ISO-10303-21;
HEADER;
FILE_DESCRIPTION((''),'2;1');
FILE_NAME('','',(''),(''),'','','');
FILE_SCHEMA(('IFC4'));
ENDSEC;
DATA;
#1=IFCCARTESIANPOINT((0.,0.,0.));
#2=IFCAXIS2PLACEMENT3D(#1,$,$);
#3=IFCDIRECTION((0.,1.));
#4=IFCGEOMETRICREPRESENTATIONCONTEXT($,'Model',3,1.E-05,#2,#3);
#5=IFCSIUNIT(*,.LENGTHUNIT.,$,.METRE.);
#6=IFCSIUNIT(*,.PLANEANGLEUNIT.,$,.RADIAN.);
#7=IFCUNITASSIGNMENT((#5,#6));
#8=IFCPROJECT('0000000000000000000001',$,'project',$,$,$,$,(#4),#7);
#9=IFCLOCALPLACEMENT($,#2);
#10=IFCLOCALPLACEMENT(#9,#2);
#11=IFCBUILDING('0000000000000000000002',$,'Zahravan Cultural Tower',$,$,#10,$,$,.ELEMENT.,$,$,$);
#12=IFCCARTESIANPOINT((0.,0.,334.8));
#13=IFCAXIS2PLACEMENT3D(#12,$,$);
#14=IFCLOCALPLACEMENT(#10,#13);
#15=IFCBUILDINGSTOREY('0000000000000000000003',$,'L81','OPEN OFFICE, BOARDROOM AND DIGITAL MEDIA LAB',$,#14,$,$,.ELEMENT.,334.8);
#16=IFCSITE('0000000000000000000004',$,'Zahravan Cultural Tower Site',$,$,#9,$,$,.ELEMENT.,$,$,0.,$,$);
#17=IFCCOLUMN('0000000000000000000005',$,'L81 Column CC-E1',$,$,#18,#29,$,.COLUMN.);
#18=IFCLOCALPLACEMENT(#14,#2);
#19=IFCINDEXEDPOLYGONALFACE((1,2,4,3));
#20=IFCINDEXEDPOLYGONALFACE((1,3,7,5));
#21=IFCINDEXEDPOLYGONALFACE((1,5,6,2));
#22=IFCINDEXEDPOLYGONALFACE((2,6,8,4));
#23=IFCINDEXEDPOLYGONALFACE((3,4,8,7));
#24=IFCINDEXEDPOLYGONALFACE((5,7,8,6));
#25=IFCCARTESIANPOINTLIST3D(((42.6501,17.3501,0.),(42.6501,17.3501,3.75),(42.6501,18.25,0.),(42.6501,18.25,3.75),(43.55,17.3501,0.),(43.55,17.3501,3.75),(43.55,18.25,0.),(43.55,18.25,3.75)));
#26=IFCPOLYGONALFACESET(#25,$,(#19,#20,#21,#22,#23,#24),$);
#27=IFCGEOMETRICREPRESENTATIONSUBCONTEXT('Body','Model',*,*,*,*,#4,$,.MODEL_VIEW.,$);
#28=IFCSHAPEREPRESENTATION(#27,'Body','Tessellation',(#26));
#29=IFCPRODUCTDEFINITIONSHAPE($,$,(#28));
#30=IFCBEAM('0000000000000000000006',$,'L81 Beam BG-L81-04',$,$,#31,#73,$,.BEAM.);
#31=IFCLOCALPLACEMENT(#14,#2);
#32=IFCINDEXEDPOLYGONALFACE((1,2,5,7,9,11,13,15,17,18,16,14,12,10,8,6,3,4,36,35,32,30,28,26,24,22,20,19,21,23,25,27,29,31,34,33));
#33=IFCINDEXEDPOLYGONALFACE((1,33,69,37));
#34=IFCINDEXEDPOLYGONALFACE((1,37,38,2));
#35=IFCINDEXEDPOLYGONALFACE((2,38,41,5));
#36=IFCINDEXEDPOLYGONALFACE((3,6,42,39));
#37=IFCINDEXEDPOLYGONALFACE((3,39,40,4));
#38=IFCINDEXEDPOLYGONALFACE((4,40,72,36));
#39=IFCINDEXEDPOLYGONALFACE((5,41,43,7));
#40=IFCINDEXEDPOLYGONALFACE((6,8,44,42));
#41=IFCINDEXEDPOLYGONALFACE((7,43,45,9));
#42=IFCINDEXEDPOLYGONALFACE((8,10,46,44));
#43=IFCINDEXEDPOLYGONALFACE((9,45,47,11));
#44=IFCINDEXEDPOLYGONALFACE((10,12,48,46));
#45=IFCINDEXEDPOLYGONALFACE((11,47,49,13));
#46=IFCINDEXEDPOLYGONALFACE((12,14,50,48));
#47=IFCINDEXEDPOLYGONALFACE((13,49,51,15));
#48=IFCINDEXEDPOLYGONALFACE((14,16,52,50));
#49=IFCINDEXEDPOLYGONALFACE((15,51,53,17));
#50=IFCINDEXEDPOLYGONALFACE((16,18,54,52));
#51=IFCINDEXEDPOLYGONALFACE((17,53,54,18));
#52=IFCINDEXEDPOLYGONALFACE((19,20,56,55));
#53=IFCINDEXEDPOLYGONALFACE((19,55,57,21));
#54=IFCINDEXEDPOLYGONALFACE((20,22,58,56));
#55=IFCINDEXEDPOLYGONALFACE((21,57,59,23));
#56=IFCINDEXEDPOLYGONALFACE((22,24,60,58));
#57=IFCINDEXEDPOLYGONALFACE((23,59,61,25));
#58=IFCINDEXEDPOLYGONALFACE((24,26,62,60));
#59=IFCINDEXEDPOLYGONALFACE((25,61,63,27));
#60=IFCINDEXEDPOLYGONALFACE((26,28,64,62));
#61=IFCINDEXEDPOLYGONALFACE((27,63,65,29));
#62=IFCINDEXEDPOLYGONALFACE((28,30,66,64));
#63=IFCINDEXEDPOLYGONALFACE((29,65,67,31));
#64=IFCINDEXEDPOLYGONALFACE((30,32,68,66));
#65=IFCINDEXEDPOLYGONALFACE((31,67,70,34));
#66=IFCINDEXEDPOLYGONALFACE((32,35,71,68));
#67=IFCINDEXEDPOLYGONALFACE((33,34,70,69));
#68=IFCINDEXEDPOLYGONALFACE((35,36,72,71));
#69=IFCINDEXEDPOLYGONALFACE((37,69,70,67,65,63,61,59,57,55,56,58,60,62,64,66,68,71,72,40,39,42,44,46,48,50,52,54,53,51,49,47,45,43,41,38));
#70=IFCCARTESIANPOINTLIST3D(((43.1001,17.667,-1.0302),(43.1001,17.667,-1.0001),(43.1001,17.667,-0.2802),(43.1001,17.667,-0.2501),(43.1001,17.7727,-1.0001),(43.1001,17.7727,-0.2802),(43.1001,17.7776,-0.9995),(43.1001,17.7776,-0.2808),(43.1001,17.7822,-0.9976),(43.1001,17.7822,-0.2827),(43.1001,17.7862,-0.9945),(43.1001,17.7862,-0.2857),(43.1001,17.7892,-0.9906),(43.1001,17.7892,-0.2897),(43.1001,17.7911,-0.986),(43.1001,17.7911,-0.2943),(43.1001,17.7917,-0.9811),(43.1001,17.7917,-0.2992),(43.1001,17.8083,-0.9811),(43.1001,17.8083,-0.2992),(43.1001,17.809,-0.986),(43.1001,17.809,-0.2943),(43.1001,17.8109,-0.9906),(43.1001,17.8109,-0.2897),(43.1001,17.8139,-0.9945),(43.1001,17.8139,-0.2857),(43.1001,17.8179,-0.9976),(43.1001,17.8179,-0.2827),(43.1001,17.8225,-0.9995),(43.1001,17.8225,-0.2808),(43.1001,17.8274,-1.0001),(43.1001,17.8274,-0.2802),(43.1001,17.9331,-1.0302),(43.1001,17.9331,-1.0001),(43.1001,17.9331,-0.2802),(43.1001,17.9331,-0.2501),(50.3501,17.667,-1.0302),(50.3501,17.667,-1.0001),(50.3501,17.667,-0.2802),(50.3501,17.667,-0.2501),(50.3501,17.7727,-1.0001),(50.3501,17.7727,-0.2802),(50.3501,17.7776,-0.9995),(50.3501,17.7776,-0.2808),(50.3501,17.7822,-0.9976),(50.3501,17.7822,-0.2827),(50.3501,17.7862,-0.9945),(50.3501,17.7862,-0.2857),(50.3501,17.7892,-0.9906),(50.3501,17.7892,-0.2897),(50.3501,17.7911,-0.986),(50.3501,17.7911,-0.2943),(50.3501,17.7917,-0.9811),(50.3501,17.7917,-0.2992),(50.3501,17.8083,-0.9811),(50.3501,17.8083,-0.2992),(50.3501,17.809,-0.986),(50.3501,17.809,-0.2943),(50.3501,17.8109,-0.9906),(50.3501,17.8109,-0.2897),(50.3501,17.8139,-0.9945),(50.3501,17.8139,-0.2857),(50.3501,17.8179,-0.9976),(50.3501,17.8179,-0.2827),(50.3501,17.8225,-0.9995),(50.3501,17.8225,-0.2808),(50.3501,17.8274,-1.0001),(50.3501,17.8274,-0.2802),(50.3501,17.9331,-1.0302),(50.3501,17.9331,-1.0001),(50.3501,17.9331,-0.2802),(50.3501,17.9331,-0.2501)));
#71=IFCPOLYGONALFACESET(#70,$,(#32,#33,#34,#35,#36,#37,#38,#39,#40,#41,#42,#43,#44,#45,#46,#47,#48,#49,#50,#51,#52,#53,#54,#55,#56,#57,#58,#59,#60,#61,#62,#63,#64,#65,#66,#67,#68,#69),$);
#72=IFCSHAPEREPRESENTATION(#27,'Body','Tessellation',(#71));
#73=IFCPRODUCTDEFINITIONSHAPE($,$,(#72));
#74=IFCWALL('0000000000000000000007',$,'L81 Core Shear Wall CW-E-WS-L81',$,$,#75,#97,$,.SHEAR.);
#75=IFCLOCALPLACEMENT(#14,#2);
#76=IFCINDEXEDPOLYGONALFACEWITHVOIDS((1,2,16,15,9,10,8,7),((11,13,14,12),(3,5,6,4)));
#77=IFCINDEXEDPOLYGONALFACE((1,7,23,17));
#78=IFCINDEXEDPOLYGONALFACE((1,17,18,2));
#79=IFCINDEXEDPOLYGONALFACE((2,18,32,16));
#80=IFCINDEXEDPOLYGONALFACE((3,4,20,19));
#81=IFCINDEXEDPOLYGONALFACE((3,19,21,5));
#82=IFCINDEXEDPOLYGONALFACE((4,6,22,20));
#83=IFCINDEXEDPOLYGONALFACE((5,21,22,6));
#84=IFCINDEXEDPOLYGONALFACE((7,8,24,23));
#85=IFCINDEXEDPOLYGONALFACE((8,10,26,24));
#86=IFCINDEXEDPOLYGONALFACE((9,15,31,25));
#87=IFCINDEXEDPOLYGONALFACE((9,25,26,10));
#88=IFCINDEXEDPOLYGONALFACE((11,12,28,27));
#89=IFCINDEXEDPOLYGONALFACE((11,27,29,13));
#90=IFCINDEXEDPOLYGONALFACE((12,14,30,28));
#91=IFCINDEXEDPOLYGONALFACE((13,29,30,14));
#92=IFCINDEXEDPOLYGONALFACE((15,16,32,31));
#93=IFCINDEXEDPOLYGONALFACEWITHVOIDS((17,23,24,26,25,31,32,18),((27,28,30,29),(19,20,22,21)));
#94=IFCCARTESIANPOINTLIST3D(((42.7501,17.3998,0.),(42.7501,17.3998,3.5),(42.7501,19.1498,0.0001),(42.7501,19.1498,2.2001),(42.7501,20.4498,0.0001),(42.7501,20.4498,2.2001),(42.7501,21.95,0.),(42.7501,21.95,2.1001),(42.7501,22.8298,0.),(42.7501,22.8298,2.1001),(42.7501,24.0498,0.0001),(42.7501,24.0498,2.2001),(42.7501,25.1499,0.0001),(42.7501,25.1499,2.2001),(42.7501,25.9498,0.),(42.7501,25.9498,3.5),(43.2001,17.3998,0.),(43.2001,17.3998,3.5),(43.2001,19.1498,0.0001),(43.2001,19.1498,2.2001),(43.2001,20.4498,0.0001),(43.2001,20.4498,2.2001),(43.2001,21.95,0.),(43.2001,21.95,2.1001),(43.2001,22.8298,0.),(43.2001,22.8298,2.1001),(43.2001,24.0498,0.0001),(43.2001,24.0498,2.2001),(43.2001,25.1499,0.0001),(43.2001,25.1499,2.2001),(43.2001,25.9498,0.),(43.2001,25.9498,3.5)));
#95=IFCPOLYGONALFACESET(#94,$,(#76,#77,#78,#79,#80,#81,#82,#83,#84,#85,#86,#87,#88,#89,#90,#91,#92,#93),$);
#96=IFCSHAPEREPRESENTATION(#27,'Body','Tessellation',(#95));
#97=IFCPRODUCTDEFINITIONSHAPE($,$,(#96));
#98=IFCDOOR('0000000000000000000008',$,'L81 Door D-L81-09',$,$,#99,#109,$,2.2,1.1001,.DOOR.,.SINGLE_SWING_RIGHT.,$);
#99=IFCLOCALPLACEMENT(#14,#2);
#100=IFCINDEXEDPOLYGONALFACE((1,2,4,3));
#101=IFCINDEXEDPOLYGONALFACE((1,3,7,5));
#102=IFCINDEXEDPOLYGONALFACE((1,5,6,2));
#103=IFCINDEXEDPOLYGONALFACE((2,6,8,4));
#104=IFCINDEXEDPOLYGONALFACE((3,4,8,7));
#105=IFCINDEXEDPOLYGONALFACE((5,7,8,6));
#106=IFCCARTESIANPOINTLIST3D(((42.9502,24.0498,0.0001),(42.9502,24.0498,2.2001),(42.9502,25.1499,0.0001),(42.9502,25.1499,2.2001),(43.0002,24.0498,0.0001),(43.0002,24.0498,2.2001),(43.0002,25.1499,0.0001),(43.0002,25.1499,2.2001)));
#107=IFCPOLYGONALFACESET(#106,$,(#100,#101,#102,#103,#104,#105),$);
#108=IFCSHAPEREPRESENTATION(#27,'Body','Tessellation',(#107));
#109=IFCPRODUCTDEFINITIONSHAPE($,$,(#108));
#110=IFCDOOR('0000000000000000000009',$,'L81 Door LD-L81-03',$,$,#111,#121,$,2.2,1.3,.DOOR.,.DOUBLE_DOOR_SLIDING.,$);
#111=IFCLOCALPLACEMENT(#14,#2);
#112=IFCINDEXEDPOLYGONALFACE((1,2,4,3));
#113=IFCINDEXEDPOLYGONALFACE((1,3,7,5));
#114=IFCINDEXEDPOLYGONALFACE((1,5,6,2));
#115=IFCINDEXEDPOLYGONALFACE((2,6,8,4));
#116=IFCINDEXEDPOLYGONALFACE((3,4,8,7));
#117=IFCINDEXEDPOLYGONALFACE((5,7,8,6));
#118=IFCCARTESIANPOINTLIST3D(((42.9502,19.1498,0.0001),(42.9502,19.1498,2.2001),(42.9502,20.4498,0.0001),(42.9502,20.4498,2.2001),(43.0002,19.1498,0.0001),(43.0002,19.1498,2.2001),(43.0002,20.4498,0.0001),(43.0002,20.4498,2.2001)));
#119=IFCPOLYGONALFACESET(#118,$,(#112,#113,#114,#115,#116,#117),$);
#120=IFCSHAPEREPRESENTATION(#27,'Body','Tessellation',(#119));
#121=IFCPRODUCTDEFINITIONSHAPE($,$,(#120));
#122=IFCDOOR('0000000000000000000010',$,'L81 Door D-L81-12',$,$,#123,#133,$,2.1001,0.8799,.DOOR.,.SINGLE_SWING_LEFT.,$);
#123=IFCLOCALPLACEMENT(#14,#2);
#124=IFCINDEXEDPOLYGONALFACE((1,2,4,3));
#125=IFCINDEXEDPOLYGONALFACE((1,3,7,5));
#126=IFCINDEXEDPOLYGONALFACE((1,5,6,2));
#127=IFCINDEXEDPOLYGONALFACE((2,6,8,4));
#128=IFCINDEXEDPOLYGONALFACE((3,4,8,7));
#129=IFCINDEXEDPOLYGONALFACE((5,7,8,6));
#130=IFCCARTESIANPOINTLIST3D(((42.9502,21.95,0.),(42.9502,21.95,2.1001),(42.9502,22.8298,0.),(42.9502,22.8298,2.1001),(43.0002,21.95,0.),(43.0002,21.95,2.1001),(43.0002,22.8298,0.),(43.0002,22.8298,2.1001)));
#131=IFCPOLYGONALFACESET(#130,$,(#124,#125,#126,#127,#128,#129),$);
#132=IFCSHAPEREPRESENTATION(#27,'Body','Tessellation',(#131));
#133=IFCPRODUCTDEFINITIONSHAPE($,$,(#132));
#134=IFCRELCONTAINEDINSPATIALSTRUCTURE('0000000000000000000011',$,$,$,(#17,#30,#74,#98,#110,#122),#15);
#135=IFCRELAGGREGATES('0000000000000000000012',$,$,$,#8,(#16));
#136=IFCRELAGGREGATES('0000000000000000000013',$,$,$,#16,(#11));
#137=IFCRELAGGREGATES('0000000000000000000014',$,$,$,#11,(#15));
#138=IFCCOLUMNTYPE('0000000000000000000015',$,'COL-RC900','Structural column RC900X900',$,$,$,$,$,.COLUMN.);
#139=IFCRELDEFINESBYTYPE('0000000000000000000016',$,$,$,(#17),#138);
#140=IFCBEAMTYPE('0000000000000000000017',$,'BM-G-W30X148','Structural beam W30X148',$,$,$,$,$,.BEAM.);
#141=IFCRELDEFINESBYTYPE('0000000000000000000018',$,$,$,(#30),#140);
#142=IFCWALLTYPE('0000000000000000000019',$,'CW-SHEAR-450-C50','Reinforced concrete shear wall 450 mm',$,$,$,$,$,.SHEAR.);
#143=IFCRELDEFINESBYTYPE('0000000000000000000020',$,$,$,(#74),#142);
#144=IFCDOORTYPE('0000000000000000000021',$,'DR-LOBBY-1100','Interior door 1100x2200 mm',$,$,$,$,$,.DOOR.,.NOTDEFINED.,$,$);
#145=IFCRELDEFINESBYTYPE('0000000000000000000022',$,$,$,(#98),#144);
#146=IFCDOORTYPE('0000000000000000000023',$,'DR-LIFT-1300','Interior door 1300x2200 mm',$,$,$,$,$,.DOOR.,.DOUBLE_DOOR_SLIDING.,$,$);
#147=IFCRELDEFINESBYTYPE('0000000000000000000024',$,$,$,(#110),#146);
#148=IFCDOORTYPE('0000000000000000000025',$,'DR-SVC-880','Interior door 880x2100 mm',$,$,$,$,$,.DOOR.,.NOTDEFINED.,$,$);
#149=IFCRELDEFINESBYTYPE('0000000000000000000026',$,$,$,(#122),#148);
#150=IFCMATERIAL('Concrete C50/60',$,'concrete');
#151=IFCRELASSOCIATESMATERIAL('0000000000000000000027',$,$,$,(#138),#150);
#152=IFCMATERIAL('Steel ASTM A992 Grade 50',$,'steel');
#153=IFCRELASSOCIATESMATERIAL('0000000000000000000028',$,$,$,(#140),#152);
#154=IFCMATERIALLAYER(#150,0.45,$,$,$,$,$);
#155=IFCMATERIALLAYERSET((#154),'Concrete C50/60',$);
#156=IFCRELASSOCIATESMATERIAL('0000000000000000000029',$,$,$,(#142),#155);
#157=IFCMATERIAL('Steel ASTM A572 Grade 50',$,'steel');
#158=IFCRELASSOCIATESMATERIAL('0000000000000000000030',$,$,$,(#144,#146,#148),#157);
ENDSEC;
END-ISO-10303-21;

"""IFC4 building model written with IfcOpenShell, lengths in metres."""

from ifc_helpers import new_model, si_unit, direction, frame, frame_2d, origin, origin_2d, place, context, subcontext, project, spatial, rectangle, i_section, extrude, source, transform, mapped, material, layer, layer_set, material_profile, profile_set, type_object, element, fill, save


model = new_model("IFC4")

# Units and contexts
model_context = context("Model", 3, precision=1e-05, world=origin(), true_north=direction((0.0, 1.0)))
body_context = subcontext(model_context, "Body", "Model", "MODEL_VIEW")
ifc_project = project(units=[si_unit("LENGTHUNIT", "METRE"), si_unit("PLANEANGLEUNIT", "RADIAN")], contexts=[model_context])

# Site, building, storey
site_placement = place(None, origin())
site = spatial("IfcSite", under=ifc_project, at=site_placement, Name="Zahravan Cultural Tower Site", CompositionType="ELEMENT", RefElevation=0.0)
building_placement = place(site_placement, origin())
building = spatial("IfcBuilding", under=site, at=building_placement, Name="Zahravan Cultural Tower", CompositionType="ELEMENT")
storey_placement = place(building_placement, frame((0.0, 0.0, 334.8)))
storey = spatial("IfcBuildingStorey", under=building, at=storey_placement, Name="L81", Description="OPEN OFFICE, BOARDROOM AND DIGITAL MEDIA LAB", CompositionType="ELEMENT", Elevation=334.8)

# Column
ifc_material_1 = material(Name="Concrete C50/60", Category="concrete")
ifc_material_profile_1 = material_profile(ifc_material_1, rectangle(XDim=0.8999, YDim=0.8999, at=origin_2d()), Name="RC900X900")
ifc_profile_set_1 = profile_set([ifc_material_profile_1], Name="Concrete C50/60")
column_type = type_object("IfcColumnType", Name="COL-RC900", Description="Structural column RC900X900", PredefinedType="COLUMN", material=ifc_profile_set_1)
shared_shape_1 = source(origin(), body_context, "Body", "SweptSolid", [
    extrude(rectangle(XDim=0.8999, YDim=0.8999, at=origin_2d()), origin(), (0.0, 0.0, 1.0), 3.75),
])
column_placement = place(storey_placement, frame((43.1001, 17.8, 0.0), z_axis=(0.0, 0.0, 1.0), x_axis=(1.0, 0.0, 0.0)))
element("IfcColumn", 1, at=column_placement, inside=storey, type_object=column_type, Name="L81 Column CC-E1", PredefinedType="COLUMN", context=body_context, shape_type="MappedRepresentation", body=[
    mapped(shared_shape_1, transform((0.0, 0.0, 0.0), x_axis=(1.0, 0.0, 0.0), y_axis=(0.0, 1.0, 0.0), z_axis=(0.0, 0.0, 1.0), scale=1.0)),
])

# Beam
ifc_material_2 = material(Name="Steel ASTM A992 Grade 50", Category="steel")
ifc_material_profile_2 = material_profile(ifc_material_2, i_section(OverallWidth=0.2661, OverallDepth=0.78, WebThickness=0.0166, FlangeThickness=0.03, FilletRadius=0.019, at=origin_2d()), Name="W30X148")
ifc_profile_set_2 = profile_set([ifc_material_profile_2], Name="Steel ASTM A992 Grade 50")
beam_type = type_object("IfcBeamType", Name="BM-G-W30X148", Description="Structural beam W30X148", PredefinedType="BEAM", material=ifc_profile_set_2)
shared_shape_2 = source(origin(), body_context, "Body", "SweptSolid", [
    extrude(i_section(OverallWidth=0.2661, OverallDepth=0.78, WebThickness=0.0166, FlangeThickness=0.03, FilletRadius=0.019, at=origin_2d()), origin(), (0.0, 0.0, 1.0), 7.25),
])
beam_placement = place(storey_placement, frame((43.1001, 17.8, -0.6401), z_axis=(1.0, 0.0, 0.0), x_axis=(0.0, 1.0, 0.0)))
element("IfcBeam", 2, at=beam_placement, inside=storey, type_object=beam_type, Name="L81 Beam BG-L81-04", PredefinedType="BEAM", context=body_context, shape_type="MappedRepresentation", body=[
    mapped(shared_shape_2, transform((0.0, 0.0, 0.0), x_axis=(1.0, 0.0, 0.0), y_axis=(0.0, 1.0, 0.0), z_axis=(0.0, 0.0, 1.0), scale=1.0)),
])

# Wall, openings, doors
ifc_layer_1 = layer(ifc_material_1, 0.45)
ifc_layer_set_1 = layer_set([ifc_layer_1], Name="Concrete C50/60")
wall_type_1 = type_object("IfcWallType", Name="CW-SHEAR-450-C50", Description="Reinforced concrete shear wall 450 mm", PredefinedType="SHEAR", material=ifc_layer_set_1)
wall_1_placement = place(storey_placement, frame((42.9751, 17.3999, 0.0), z_axis=(0.0, 0.0, 1.0), x_axis=(0.0, 1.0, 0.0)))
wall_1 = element("IfcWall", 3, at=wall_1_placement, inside=storey, type_object=wall_type_1, Name="L81 Core Shear Wall CW-E-WS-L81", PredefinedType="SHEAR", context=body_context, shape_type="SweptSolid", body=[
    extrude(rectangle(XDim=8.55, YDim=0.45, at=frame_2d((4.2749, 0.0))), origin(), (0.0, 0.0, 1.0), 3.5),
])
opening_1_placement = place(wall_1_placement, frame((6.6499, 0.0, 0.0)))
opening_1 = element("IfcOpeningElement", 4, at=opening_1_placement, cuts=wall_1, PredefinedType="OPENING", context=body_context, shape_type="SweptSolid", body=[
    extrude(rectangle(XDim=1.1001, YDim=2.2, at=frame_2d((0.55, 1.1001))), frame((0.0, 0.2349, 0.0), z_axis=(0.0, -1.0, 0.0), x_axis=(1.0, 0.0, 0.0)), (0.0, 0.0, 1.0), 0.47),
])
opening_2_placement = place(wall_1_placement, frame((1.75, 0.0, 0.0)))
opening_2 = element("IfcOpeningElement", 5, at=opening_2_placement, cuts=wall_1, PredefinedType="OPENING", context=body_context, shape_type="SweptSolid", body=[
    extrude(rectangle(XDim=1.3, YDim=2.2, at=frame_2d((0.6499, 1.1001))), frame((0.0, 0.2349, 0.0), z_axis=(0.0, -1.0, 0.0), x_axis=(1.0, 0.0, 0.0)), (0.0, 0.0, 1.0), 0.47),
])
opening_3_placement = place(wall_1_placement, frame((4.55, 0.0, 0.0)))
opening_3 = element("IfcOpeningElement", 6, at=opening_3_placement, cuts=wall_1, PredefinedType="OPENING", context=body_context, shape_type="SweptSolid", body=[
    extrude(rectangle(XDim=0.8799, YDim=2.1001, at=frame_2d((0.4399, 1.05))), frame((0.0, 0.2349, 0.0), z_axis=(0.0, -1.0, 0.0), x_axis=(1.0, 0.0, 0.0)), (0.0, 0.0, 1.0), 0.47),
])
ifc_material_3 = material(Name="Steel ASTM A572 Grade 50", Category="steel")
door_type_1 = type_object("IfcDoorType", Name="DR-LOBBY-1100", Description="Interior door 1100x2200 mm", OperationType="NOTDEFINED", PredefinedType="DOOR", material=ifc_material_3)
shared_shape_3 = source(origin(), body_context, "Body", "SweptSolid", [
    extrude(rectangle(XDim=1.1001, YDim=2.2, at=frame_2d((0.55, 1.1001))), frame((0.0, 0.0249, 0.0), z_axis=(0.0, -1.0, 0.0), x_axis=(1.0, 0.0, 0.0)), (0.0, 0.0, 1.0), 0.05),
])
door_1_placement = place(opening_1_placement, origin())
door_1 = element("IfcDoor", 7, at=door_1_placement, inside=storey, type_object=door_type_1, Name="L81 Door D-L81-09", OperationType="SINGLE_SWING_RIGHT", OverallHeight=2.2, OverallWidth=1.1001, PredefinedType="DOOR", context=body_context, shape_type="MappedRepresentation", body=[
    mapped(shared_shape_3, transform((0.0, 0.0, 0.0), x_axis=(1.0, 0.0, 0.0), y_axis=(0.0, 1.0, 0.0), z_axis=(0.0, 0.0, 1.0), scale=1.0)),
])
fill(opening_1, door_1)
door_type_2 = type_object("IfcDoorType", Name="DR-LIFT-1300", Description="Interior door 1300x2200 mm", OperationType="DOUBLE_DOOR_SLIDING", PredefinedType="DOOR", material=ifc_material_3)
shared_shape_4 = source(origin(), body_context, "Body", "SweptSolid", [
    extrude(rectangle(XDim=1.3, YDim=2.2, at=frame_2d((0.6499, 1.1001))), frame((0.0, 0.0249, 0.0), z_axis=(0.0, -1.0, 0.0), x_axis=(1.0, 0.0, 0.0)), (0.0, 0.0, 1.0), 0.05),
])
door_2_placement = place(opening_2_placement, origin())
door_2 = element("IfcDoor", 8, at=door_2_placement, inside=storey, type_object=door_type_2, Name="L81 Door LD-L81-03", OperationType="DOUBLE_DOOR_SLIDING", OverallHeight=2.2, OverallWidth=1.3, PredefinedType="DOOR", context=body_context, shape_type="MappedRepresentation", body=[
    mapped(shared_shape_4, transform((0.0, 0.0, 0.0), x_axis=(1.0, 0.0, 0.0), y_axis=(0.0, 1.0, 0.0), z_axis=(0.0, 0.0, 1.0), scale=1.0)),
])
fill(opening_2, door_2)
door_type_3 = type_object("IfcDoorType", Name="DR-SVC-880", Description="Interior door 880x2100 mm", OperationType="NOTDEFINED", PredefinedType="DOOR", material=ifc_material_3)
shared_shape_5 = source(origin(), body_context, "Body", "SweptSolid", [
    extrude(rectangle(XDim=0.8799, YDim=2.1001, at=frame_2d((0.4399, 1.05))), frame((0.0, 0.0249, 0.0), z_axis=(0.0, -1.0, 0.0), x_axis=(1.0, 0.0, 0.0)), (0.0, 0.0, 1.0), 0.05),
])
door_3_placement = place(opening_3_placement, origin())
door_3 = element("IfcDoor", 9, at=door_3_placement, inside=storey, type_object=door_type_3, Name="L81 Door D-L81-12", OperationType="SINGLE_SWING_LEFT", OverallHeight=2.1001, OverallWidth=0.8799, PredefinedType="DOOR", context=body_context, shape_type="MappedRepresentation", body=[
    mapped(shared_shape_5, transform((0.0, 0.0, 0.0), x_axis=(1.0, 0.0, 0.0), y_axis=(0.0, 1.0, 0.0), z_axis=(0.0, 0.0, 1.0), scale=1.0)),
])
fill(opening_3, door_3)

save(model, "model.ifc")
